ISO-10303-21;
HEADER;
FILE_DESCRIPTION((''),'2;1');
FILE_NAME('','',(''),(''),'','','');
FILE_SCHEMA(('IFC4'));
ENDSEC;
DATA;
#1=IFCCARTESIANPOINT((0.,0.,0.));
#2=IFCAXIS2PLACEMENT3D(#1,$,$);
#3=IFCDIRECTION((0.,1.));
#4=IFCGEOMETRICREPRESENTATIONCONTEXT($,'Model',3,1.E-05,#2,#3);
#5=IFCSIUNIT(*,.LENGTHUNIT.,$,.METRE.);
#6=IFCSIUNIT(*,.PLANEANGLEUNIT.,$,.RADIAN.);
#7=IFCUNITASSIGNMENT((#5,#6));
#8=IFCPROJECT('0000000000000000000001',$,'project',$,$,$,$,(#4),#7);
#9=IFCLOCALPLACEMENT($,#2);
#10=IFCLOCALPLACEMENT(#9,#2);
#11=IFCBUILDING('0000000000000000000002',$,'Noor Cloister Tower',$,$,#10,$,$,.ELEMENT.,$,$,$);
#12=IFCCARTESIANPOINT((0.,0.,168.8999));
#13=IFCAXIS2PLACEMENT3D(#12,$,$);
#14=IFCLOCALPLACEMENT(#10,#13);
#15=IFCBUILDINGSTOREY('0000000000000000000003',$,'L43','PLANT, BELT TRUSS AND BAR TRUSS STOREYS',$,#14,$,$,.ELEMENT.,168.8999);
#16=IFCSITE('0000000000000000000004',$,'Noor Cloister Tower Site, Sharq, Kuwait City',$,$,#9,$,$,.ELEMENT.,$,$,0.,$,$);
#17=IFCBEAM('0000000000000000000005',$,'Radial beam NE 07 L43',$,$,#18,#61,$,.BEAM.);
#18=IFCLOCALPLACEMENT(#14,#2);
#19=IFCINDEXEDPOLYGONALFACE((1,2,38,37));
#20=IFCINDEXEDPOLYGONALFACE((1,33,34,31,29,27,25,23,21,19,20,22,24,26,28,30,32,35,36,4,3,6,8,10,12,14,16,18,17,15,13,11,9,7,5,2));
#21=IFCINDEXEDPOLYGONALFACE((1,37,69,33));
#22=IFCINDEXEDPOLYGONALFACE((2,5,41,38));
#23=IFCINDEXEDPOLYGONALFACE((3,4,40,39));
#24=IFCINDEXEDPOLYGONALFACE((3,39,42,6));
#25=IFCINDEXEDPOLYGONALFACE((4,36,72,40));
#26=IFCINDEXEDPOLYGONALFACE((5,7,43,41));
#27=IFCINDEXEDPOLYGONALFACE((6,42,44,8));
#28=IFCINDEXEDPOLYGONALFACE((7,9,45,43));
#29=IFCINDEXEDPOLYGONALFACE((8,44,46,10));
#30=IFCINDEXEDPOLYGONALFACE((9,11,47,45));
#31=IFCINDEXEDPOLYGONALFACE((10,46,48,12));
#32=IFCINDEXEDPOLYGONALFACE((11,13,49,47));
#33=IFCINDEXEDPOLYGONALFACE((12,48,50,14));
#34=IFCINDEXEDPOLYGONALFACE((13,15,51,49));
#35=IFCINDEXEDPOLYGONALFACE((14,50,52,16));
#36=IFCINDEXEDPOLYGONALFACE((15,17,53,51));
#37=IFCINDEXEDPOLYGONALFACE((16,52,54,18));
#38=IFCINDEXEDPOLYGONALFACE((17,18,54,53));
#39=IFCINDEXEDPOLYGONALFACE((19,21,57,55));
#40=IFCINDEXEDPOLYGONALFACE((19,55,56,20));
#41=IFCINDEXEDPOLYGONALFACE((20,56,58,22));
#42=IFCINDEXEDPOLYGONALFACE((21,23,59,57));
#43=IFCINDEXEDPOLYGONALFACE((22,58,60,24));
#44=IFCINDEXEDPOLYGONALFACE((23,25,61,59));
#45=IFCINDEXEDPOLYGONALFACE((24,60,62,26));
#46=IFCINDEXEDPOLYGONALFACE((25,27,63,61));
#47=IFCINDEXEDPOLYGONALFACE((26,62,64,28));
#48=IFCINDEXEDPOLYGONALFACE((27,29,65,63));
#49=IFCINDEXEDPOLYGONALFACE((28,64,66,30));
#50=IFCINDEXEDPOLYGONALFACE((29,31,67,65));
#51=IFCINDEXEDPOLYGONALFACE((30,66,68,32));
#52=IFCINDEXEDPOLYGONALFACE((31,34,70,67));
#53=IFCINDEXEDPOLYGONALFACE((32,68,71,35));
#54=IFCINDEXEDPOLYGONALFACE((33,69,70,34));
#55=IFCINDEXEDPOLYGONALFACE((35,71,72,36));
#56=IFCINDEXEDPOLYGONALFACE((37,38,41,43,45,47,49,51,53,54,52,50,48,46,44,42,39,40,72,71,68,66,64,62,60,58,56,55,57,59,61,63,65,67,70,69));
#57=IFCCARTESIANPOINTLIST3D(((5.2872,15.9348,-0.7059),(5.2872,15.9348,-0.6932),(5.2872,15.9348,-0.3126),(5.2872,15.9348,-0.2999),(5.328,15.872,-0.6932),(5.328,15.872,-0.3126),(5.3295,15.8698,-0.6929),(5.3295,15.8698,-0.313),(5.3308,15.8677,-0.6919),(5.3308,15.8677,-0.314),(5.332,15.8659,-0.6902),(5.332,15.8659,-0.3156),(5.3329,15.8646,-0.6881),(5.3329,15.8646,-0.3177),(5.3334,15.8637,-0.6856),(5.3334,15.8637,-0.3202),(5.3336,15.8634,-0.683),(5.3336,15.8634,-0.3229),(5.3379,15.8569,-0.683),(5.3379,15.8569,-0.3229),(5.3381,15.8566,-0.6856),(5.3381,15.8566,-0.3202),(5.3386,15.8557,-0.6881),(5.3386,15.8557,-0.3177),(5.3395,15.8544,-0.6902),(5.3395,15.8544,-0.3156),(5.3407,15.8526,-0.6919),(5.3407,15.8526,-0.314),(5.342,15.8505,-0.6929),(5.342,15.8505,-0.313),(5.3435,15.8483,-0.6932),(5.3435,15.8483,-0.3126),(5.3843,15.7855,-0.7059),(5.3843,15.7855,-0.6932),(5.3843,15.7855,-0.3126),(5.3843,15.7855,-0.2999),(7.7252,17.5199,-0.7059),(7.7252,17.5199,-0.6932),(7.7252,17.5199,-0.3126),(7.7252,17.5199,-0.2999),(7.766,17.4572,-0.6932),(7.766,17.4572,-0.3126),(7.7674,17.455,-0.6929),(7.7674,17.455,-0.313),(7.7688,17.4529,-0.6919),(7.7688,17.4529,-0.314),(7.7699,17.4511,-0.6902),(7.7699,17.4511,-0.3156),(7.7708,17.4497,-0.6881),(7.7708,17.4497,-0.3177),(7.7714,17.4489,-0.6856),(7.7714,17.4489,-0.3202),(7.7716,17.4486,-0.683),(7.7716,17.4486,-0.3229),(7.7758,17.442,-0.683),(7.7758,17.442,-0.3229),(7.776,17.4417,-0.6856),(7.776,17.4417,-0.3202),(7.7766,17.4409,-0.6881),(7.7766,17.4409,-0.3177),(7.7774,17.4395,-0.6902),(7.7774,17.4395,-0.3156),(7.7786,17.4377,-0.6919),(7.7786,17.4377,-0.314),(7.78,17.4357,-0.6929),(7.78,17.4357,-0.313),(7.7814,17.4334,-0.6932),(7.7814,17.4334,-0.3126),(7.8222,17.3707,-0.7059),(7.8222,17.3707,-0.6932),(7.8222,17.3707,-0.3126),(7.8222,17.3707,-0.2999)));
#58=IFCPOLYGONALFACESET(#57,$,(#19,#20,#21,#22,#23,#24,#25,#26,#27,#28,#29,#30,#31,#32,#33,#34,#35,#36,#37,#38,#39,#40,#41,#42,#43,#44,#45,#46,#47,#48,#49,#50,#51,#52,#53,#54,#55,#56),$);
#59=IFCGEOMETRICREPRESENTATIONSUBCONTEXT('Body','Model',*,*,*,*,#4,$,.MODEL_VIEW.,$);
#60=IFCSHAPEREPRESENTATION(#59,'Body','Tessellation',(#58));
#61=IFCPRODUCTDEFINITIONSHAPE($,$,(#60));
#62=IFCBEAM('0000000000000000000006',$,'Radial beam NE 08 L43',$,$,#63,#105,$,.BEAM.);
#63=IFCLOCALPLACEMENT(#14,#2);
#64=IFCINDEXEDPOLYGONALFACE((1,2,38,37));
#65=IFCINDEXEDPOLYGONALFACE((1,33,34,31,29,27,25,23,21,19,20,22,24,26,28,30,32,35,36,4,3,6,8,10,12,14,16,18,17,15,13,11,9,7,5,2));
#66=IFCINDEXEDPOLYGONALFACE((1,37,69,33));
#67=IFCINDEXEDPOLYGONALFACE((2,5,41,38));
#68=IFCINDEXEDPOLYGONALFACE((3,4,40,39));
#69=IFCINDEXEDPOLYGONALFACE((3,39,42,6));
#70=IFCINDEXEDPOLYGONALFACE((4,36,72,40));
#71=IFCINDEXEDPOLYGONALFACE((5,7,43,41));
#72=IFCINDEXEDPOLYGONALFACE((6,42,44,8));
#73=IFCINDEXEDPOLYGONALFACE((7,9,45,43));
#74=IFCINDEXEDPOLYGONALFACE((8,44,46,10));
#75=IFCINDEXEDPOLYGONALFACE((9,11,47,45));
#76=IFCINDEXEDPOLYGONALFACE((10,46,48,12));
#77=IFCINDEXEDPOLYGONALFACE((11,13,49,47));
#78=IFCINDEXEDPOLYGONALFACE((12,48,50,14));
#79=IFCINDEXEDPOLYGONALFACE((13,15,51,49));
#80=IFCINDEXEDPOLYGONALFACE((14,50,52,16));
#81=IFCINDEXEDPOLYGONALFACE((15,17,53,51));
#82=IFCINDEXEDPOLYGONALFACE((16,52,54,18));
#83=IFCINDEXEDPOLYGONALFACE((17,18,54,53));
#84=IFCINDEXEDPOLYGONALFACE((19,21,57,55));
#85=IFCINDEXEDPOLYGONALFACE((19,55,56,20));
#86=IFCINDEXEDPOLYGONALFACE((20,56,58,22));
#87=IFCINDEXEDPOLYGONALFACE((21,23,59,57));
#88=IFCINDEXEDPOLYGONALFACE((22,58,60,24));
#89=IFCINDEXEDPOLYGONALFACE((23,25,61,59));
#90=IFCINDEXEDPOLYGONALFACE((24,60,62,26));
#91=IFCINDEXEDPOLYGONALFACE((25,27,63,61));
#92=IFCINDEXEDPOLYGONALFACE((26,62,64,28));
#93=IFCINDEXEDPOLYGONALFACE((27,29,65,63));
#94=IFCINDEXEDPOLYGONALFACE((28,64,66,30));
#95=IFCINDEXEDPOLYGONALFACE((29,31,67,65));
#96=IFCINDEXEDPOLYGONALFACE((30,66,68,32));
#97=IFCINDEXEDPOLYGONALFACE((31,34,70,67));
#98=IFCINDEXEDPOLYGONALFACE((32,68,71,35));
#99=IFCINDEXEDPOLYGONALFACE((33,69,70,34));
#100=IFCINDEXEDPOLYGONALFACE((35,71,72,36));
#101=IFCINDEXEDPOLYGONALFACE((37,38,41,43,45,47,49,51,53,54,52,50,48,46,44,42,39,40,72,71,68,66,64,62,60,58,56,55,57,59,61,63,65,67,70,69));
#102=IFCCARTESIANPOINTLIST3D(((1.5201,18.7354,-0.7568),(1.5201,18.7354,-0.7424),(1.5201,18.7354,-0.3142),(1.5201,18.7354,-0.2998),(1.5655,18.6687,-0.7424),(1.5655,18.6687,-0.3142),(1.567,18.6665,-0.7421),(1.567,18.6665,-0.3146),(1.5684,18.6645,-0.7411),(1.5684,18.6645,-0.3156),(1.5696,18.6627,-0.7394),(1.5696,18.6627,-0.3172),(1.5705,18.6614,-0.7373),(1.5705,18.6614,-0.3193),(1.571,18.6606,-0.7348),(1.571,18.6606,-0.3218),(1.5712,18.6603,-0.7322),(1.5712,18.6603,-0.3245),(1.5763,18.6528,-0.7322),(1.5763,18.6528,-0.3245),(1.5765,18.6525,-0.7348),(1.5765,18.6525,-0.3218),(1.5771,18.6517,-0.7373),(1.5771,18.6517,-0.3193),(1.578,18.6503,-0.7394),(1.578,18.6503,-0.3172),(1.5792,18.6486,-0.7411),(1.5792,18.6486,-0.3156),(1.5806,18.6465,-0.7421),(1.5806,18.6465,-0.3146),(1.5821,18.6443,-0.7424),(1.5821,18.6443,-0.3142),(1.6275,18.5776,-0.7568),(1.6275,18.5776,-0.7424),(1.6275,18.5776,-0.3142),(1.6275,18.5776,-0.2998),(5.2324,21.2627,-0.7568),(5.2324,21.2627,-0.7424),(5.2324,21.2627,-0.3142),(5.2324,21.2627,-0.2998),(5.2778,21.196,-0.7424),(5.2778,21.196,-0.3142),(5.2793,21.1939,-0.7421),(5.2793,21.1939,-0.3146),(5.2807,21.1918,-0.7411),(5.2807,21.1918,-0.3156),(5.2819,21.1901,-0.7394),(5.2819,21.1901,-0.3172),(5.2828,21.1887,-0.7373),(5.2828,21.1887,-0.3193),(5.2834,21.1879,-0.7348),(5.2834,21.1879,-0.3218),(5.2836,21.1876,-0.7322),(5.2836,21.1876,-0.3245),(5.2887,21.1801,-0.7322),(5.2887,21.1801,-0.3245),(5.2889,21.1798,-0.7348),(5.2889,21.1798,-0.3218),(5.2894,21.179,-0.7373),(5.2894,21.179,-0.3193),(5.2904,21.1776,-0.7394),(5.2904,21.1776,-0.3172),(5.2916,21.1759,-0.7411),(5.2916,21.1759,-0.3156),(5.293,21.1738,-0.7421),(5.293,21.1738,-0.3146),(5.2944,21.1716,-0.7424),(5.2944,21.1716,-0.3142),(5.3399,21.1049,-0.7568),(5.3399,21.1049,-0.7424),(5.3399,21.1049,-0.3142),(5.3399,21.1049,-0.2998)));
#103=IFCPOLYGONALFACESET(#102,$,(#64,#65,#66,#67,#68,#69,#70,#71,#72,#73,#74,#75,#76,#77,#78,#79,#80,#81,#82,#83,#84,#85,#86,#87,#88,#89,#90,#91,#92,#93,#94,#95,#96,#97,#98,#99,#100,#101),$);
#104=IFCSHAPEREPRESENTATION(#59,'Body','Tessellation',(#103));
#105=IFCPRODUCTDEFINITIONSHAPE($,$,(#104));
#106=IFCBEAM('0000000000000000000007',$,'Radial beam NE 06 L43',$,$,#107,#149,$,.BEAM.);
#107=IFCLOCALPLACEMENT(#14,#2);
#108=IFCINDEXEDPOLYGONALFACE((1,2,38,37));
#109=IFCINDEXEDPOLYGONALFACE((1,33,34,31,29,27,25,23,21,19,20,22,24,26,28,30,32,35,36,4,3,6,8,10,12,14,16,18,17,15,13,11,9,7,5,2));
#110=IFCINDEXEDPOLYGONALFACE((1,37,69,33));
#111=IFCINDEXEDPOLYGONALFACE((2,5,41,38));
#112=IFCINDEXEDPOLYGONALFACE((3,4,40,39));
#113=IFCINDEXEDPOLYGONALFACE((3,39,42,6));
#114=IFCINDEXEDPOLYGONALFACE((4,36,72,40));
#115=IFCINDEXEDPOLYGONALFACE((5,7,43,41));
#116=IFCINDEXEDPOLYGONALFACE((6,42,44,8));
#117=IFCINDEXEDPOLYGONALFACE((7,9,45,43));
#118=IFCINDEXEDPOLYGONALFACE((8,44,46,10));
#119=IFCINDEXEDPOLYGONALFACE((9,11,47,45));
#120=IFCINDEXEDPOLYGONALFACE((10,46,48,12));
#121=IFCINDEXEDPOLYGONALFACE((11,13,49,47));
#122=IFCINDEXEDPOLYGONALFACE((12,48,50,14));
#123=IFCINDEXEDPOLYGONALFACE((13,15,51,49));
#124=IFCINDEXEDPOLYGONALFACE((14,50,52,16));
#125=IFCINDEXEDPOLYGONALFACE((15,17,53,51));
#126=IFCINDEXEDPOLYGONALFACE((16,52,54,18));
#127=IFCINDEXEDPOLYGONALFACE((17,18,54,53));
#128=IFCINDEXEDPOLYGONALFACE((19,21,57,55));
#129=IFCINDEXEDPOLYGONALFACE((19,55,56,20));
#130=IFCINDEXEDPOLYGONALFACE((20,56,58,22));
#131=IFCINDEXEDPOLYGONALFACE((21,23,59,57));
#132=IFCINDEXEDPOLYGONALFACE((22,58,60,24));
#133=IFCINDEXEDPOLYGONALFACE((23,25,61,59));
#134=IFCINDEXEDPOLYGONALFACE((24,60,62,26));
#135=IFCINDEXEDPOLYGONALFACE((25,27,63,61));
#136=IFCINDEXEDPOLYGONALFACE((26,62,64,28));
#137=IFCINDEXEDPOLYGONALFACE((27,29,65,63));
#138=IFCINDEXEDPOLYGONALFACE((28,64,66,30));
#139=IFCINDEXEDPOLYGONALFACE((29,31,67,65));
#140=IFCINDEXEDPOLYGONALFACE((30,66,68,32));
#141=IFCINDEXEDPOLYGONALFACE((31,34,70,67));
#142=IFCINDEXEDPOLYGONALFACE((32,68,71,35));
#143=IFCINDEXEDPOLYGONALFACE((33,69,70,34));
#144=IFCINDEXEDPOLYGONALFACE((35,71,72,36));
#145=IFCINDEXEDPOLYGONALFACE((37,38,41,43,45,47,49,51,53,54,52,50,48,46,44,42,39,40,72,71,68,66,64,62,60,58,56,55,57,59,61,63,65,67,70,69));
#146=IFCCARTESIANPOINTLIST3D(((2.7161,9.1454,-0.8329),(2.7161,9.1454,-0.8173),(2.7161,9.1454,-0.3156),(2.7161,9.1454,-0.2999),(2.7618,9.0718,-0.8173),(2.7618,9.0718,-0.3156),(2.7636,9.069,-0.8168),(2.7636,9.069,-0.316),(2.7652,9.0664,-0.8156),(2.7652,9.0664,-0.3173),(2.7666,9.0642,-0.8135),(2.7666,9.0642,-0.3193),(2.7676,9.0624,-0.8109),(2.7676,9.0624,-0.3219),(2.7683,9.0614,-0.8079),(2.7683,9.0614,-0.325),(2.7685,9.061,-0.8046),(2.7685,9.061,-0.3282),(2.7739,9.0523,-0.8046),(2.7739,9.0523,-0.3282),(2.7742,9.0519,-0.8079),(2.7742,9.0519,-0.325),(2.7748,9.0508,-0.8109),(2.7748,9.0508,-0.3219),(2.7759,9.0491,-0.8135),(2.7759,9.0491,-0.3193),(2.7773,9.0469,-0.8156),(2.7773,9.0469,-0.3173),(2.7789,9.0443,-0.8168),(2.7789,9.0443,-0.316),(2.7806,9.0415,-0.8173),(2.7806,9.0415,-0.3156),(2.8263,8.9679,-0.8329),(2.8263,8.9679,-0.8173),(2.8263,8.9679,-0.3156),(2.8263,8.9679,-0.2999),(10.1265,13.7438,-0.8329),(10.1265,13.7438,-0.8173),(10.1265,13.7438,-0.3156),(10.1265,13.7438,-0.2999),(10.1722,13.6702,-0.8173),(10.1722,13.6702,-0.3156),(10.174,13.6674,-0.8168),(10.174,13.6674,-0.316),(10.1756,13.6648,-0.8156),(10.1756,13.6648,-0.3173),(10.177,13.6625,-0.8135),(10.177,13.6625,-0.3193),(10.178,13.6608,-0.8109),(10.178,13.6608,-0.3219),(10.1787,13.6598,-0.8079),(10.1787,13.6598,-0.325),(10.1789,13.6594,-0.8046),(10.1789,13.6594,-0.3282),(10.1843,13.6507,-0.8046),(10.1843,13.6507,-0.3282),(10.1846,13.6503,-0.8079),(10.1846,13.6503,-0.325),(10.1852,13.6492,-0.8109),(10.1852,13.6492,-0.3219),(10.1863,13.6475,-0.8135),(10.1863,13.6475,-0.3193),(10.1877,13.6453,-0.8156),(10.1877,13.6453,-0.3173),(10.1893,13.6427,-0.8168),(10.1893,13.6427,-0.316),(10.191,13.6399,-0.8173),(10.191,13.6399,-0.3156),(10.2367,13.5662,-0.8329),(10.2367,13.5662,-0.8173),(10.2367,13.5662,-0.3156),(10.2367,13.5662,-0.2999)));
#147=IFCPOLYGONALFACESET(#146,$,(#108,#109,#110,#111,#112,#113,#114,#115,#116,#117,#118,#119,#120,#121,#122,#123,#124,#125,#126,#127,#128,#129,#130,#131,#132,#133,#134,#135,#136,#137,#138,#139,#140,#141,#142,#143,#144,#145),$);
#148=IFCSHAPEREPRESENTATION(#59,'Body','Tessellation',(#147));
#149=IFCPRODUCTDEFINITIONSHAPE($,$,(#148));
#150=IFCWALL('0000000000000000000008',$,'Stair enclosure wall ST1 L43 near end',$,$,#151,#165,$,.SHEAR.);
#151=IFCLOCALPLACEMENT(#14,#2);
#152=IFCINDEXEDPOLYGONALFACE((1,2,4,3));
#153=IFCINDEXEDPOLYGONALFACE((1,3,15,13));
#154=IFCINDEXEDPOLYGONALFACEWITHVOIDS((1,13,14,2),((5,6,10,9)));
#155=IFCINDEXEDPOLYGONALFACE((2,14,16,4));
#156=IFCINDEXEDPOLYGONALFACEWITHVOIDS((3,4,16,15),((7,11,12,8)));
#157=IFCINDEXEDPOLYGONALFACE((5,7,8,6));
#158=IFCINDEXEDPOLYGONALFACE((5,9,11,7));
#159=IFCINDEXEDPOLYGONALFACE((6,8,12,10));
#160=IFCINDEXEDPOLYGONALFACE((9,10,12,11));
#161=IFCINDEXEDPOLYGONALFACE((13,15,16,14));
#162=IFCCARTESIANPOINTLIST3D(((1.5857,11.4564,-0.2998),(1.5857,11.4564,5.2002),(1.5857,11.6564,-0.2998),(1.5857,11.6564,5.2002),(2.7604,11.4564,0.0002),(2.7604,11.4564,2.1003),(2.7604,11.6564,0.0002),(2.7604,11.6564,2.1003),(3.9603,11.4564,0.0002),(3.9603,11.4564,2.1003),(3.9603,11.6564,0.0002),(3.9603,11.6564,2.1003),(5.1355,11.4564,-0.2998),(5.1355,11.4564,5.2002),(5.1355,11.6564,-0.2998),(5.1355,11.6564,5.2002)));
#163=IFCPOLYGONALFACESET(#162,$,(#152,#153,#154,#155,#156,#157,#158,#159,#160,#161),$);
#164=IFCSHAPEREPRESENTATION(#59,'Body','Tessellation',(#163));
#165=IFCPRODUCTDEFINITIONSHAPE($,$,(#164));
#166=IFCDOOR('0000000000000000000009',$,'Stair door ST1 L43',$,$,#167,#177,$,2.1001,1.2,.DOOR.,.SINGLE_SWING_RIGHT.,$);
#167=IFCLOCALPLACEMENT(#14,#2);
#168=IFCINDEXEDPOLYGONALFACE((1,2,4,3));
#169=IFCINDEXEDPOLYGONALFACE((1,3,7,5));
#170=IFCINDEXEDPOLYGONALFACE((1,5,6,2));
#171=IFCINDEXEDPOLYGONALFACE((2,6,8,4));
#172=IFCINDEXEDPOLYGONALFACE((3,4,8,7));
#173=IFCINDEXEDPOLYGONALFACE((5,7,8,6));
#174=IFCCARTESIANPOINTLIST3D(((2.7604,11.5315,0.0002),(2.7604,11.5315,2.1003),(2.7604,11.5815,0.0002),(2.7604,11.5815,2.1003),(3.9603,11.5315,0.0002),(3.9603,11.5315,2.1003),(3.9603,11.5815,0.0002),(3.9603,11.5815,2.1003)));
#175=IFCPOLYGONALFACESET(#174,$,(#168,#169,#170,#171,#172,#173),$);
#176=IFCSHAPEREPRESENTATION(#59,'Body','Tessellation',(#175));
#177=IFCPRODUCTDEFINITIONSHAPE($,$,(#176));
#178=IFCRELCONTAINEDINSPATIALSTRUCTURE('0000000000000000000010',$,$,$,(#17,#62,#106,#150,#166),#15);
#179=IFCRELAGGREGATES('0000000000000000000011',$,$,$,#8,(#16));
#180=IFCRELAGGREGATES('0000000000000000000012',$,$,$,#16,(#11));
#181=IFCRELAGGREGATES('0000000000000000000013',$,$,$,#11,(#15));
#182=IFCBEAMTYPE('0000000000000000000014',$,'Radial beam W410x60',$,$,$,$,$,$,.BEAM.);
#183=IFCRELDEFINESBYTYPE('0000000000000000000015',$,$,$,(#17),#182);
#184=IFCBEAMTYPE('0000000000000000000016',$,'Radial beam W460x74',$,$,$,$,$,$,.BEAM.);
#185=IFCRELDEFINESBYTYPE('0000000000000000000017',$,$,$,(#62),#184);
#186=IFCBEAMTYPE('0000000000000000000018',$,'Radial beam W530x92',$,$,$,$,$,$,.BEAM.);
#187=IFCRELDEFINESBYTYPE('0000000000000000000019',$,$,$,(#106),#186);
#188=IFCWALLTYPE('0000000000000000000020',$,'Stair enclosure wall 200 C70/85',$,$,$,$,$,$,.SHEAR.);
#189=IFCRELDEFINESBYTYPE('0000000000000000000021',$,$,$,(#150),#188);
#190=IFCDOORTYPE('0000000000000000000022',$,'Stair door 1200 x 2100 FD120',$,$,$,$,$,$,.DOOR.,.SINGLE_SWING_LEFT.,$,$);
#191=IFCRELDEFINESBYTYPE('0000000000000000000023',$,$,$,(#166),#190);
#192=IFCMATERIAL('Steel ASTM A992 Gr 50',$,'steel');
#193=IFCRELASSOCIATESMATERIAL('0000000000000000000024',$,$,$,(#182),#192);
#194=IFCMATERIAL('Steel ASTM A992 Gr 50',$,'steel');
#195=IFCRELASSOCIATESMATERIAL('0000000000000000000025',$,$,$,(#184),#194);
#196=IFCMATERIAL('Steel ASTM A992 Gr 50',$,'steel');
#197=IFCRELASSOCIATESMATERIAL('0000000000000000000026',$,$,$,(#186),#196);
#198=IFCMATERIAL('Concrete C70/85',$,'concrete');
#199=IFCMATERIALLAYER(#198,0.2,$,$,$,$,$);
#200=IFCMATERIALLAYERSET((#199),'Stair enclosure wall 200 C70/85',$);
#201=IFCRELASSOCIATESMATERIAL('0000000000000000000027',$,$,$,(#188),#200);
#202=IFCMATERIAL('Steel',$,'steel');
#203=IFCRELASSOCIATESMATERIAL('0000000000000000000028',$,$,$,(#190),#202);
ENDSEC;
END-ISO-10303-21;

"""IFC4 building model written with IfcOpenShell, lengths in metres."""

from ifc_helpers import new_model, si_unit, direction, frame, frame_2d, origin, origin_2d, place, context, subcontext, project, spatial, rectangle, i_section, extrude, material, layer, layer_set, material_profile, profile_set, type_object, element, fill, save


model = new_model("IFC4")

# Units and contexts
model_context = context("Model", 3, precision=1e-05, world=origin(), true_north=direction((0.0, 1.0)))
body_context = subcontext(model_context, "Body", "Model", "MODEL_VIEW")
ifc_project = project(units=[si_unit("LENGTHUNIT", "METRE"), si_unit("PLANEANGLEUNIT", "RADIAN")], contexts=[model_context])

# Site, building, storey
site_placement = place(None, origin())
site = spatial("IfcSite", under=ifc_project, at=site_placement, Name="Noor Cloister Tower Site, Sharq, Kuwait City", CompositionType="ELEMENT", RefElevation=0.0)
building_placement = place(site_placement, origin())
building = spatial("IfcBuilding", under=site, at=building_placement, Name="Noor Cloister Tower", CompositionType="ELEMENT")
storey_placement = place(building_placement, frame((0.0, 0.0, 168.8999)))
storey = spatial("IfcBuildingStorey", under=building, at=storey_placement, Name="L43", Description="PLANT, BELT TRUSS AND BAR TRUSS STOREYS", CompositionType="ELEMENT", Elevation=168.8999)

# Beams
ifc_material_1 = material(Name="Steel ASTM A992 Gr 50", Category="steel")
ifc_material_profile_1 = material_profile(ifc_material_1, i_section(OverallWidth=0.178, OverallDepth=0.406, WebThickness=0.0078, FlangeThickness=0.0127, FilletRadius=0.0103, at=origin_2d()), Name="W410x60")
ifc_profile_set_1 = profile_set([ifc_material_profile_1], Name="Steel ASTM A992 Gr 50")
beam_type_1 = type_object("IfcBeamType", Name="Radial beam W410x60", PredefinedType="BEAM", material=ifc_profile_set_1)
beam_1_placement = place(storey_placement, frame((7.7737, 17.4453, -0.5029), z_axis=(-0.838363, -0.545112, 0.0), x_axis=(0.545112, -0.838363, 0.0)))
element("IfcBeam", 1, at=beam_1_placement, inside=storey, type_object=beam_type_1, Name="Radial beam NE 07 L43", PredefinedType="BEAM", context=body_context, shape_type="SweptSolid", body=[
    extrude(i_section(OverallWidth=0.178, OverallDepth=0.406, WebThickness=0.0078, FlangeThickness=0.0127, FilletRadius=0.0103, at=origin_2d()), origin(), (0.0, 0.0, 1.0), 2.908),
])
ifc_material_2 = material(Name="Steel ASTM A992 Gr 50", Category="steel")
ifc_material_profile_2 = material_profile(ifc_material_2, i_section(OverallWidth=0.1909, OverallDepth=0.457, WebThickness=0.009, FlangeThickness=0.0144, FilletRadius=0.0103, at=origin_2d()), Name="W460x74")
ifc_profile_set_2 = profile_set([ifc_material_profile_2], Name="Steel ASTM A992 Gr 50")
beam_type_2 = type_object("IfcBeamType", Name="Radial beam W460x74", PredefinedType="BEAM", material=ifc_profile_set_2)
beam_2_placement = place(storey_placement, frame((5.2861, 21.1838, -0.5283), z_axis=(-0.826625, -0.562753, 0.0), x_axis=(0.562753, -0.826625, 0.0)))
element("IfcBeam", 2, at=beam_2_placement, inside=storey, type_object=beam_type_2, Name="Radial beam NE 08 L43", PredefinedType="BEAM", context=body_context, shape_type="SweptSolid", body=[
    extrude(i_section(OverallWidth=0.1909, OverallDepth=0.457, WebThickness=0.009, FlangeThickness=0.0144, FilletRadius=0.0103, at=origin_2d()), origin(), (0.0, 0.0, 1.0), 4.491),
])
ifc_material_3 = material(Name="Steel ASTM A992 Gr 50", Category="steel")
ifc_material_profile_3 = material_profile(ifc_material_3, i_section(OverallWidth=0.209, OverallDepth=0.533, WebThickness=0.0103, FlangeThickness=0.0156, FilletRadius=0.0127, at=origin_2d()), Name="W530x92")
ifc_profile_set_3 = profile_set([ifc_material_profile_3], Name="Steel ASTM A992 Gr 50")
beam_type_3 = type_object("IfcBeamType", Name="Radial beam W530x92", PredefinedType="BEAM", material=ifc_profile_set_3)
beam_3_placement = place(storey_placement, frame((10.1816, 13.655, -0.5664), z_axis=(-0.8497, -0.527266, 0.0), x_axis=(0.527266, -0.8497, 0.0)))
element("IfcBeam", 3, at=beam_3_placement, inside=storey, type_object=beam_type_3, Name="Radial beam NE 06 L43", PredefinedType="BEAM", context=body_context, shape_type="SweptSolid", body=[
    extrude(i_section(OverallWidth=0.209, OverallDepth=0.533, WebThickness=0.0103, FlangeThickness=0.0156, FilletRadius=0.0127, at=origin_2d()), origin(), (0.0, 0.0, 1.0), 8.7212),
])

# Wall, opening, door
ifc_material_4 = material(Name="Concrete C70/85", Category="concrete")
ifc_layer_1 = layer(ifc_material_4, 0.2)
ifc_layer_set_1 = layer_set([ifc_layer_1], Name="Stair enclosure wall 200 C70/85")
wall_type_1 = type_object("IfcWallType", Name="Stair enclosure wall 200 C70/85", PredefinedType="SHEAR", material=ifc_layer_set_1)
wall_1_placement = place(storey_placement, frame((5.1355, 11.5564, -0.2998), z_axis=(0.0, 0.0, 1.0), x_axis=(-1.0, 0.0, 0.0)))
wall_1 = element("IfcWall", 4, at=wall_1_placement, inside=storey, type_object=wall_type_1, Name="Stair enclosure wall ST1 L43 near end", PredefinedType="SHEAR", context=body_context, shape_type="SweptSolid", body=[
    extrude(rectangle(XDim=3.5498, YDim=0.2, at=frame_2d((1.7749, 0.0))), origin(), (0.0, 0.0, 1.0), 5.5),
])
opening_1_placement = place(wall_1_placement, frame((1.175, 0.0, 0.3)))
opening_1 = element("IfcOpeningElement", 5, at=opening_1_placement, cuts=wall_1, PredefinedType="OPENING", context=body_context, shape_type="SweptSolid", body=[
    extrude(rectangle(XDim=1.2, YDim=2.1001, at=frame_2d((0.6001, 1.05))), frame((0.0, 0.1099, 0.0), z_axis=(0.0, -1.0, 0.0), x_axis=(1.0, 0.0, 0.0)), (0.0, 0.0, 1.0), 0.22),
])
ifc_material_5 = material(Name="Steel", Category="steel")
door_type = type_object("IfcDoorType", Name="Stair door 1200 x 2100 FD120", OperationType="SINGLE_SWING_LEFT", PredefinedType="DOOR", material=ifc_material_5)
door_1_placement = place(opening_1_placement, origin())
door_1 = element("IfcDoor", 6, at=door_1_placement, inside=storey, type_object=door_type, Name="Stair door ST1 L43", OperationType="SINGLE_SWING_RIGHT", OverallHeight=2.1001, OverallWidth=1.2, PredefinedType="DOOR", context=body_context, shape_type="SweptSolid", body=[
    extrude(rectangle(XDim=1.2, YDim=2.1001, at=frame_2d((0.6001, 1.05))), frame((0.0, 0.0249, 0.0), z_axis=(0.0, -1.0, 0.0), x_axis=(1.0, 0.0, 0.0)), (0.0, 0.0, 1.0), 0.05),
])
fill(opening_1, door_1)

save(model, "model.ifc")
